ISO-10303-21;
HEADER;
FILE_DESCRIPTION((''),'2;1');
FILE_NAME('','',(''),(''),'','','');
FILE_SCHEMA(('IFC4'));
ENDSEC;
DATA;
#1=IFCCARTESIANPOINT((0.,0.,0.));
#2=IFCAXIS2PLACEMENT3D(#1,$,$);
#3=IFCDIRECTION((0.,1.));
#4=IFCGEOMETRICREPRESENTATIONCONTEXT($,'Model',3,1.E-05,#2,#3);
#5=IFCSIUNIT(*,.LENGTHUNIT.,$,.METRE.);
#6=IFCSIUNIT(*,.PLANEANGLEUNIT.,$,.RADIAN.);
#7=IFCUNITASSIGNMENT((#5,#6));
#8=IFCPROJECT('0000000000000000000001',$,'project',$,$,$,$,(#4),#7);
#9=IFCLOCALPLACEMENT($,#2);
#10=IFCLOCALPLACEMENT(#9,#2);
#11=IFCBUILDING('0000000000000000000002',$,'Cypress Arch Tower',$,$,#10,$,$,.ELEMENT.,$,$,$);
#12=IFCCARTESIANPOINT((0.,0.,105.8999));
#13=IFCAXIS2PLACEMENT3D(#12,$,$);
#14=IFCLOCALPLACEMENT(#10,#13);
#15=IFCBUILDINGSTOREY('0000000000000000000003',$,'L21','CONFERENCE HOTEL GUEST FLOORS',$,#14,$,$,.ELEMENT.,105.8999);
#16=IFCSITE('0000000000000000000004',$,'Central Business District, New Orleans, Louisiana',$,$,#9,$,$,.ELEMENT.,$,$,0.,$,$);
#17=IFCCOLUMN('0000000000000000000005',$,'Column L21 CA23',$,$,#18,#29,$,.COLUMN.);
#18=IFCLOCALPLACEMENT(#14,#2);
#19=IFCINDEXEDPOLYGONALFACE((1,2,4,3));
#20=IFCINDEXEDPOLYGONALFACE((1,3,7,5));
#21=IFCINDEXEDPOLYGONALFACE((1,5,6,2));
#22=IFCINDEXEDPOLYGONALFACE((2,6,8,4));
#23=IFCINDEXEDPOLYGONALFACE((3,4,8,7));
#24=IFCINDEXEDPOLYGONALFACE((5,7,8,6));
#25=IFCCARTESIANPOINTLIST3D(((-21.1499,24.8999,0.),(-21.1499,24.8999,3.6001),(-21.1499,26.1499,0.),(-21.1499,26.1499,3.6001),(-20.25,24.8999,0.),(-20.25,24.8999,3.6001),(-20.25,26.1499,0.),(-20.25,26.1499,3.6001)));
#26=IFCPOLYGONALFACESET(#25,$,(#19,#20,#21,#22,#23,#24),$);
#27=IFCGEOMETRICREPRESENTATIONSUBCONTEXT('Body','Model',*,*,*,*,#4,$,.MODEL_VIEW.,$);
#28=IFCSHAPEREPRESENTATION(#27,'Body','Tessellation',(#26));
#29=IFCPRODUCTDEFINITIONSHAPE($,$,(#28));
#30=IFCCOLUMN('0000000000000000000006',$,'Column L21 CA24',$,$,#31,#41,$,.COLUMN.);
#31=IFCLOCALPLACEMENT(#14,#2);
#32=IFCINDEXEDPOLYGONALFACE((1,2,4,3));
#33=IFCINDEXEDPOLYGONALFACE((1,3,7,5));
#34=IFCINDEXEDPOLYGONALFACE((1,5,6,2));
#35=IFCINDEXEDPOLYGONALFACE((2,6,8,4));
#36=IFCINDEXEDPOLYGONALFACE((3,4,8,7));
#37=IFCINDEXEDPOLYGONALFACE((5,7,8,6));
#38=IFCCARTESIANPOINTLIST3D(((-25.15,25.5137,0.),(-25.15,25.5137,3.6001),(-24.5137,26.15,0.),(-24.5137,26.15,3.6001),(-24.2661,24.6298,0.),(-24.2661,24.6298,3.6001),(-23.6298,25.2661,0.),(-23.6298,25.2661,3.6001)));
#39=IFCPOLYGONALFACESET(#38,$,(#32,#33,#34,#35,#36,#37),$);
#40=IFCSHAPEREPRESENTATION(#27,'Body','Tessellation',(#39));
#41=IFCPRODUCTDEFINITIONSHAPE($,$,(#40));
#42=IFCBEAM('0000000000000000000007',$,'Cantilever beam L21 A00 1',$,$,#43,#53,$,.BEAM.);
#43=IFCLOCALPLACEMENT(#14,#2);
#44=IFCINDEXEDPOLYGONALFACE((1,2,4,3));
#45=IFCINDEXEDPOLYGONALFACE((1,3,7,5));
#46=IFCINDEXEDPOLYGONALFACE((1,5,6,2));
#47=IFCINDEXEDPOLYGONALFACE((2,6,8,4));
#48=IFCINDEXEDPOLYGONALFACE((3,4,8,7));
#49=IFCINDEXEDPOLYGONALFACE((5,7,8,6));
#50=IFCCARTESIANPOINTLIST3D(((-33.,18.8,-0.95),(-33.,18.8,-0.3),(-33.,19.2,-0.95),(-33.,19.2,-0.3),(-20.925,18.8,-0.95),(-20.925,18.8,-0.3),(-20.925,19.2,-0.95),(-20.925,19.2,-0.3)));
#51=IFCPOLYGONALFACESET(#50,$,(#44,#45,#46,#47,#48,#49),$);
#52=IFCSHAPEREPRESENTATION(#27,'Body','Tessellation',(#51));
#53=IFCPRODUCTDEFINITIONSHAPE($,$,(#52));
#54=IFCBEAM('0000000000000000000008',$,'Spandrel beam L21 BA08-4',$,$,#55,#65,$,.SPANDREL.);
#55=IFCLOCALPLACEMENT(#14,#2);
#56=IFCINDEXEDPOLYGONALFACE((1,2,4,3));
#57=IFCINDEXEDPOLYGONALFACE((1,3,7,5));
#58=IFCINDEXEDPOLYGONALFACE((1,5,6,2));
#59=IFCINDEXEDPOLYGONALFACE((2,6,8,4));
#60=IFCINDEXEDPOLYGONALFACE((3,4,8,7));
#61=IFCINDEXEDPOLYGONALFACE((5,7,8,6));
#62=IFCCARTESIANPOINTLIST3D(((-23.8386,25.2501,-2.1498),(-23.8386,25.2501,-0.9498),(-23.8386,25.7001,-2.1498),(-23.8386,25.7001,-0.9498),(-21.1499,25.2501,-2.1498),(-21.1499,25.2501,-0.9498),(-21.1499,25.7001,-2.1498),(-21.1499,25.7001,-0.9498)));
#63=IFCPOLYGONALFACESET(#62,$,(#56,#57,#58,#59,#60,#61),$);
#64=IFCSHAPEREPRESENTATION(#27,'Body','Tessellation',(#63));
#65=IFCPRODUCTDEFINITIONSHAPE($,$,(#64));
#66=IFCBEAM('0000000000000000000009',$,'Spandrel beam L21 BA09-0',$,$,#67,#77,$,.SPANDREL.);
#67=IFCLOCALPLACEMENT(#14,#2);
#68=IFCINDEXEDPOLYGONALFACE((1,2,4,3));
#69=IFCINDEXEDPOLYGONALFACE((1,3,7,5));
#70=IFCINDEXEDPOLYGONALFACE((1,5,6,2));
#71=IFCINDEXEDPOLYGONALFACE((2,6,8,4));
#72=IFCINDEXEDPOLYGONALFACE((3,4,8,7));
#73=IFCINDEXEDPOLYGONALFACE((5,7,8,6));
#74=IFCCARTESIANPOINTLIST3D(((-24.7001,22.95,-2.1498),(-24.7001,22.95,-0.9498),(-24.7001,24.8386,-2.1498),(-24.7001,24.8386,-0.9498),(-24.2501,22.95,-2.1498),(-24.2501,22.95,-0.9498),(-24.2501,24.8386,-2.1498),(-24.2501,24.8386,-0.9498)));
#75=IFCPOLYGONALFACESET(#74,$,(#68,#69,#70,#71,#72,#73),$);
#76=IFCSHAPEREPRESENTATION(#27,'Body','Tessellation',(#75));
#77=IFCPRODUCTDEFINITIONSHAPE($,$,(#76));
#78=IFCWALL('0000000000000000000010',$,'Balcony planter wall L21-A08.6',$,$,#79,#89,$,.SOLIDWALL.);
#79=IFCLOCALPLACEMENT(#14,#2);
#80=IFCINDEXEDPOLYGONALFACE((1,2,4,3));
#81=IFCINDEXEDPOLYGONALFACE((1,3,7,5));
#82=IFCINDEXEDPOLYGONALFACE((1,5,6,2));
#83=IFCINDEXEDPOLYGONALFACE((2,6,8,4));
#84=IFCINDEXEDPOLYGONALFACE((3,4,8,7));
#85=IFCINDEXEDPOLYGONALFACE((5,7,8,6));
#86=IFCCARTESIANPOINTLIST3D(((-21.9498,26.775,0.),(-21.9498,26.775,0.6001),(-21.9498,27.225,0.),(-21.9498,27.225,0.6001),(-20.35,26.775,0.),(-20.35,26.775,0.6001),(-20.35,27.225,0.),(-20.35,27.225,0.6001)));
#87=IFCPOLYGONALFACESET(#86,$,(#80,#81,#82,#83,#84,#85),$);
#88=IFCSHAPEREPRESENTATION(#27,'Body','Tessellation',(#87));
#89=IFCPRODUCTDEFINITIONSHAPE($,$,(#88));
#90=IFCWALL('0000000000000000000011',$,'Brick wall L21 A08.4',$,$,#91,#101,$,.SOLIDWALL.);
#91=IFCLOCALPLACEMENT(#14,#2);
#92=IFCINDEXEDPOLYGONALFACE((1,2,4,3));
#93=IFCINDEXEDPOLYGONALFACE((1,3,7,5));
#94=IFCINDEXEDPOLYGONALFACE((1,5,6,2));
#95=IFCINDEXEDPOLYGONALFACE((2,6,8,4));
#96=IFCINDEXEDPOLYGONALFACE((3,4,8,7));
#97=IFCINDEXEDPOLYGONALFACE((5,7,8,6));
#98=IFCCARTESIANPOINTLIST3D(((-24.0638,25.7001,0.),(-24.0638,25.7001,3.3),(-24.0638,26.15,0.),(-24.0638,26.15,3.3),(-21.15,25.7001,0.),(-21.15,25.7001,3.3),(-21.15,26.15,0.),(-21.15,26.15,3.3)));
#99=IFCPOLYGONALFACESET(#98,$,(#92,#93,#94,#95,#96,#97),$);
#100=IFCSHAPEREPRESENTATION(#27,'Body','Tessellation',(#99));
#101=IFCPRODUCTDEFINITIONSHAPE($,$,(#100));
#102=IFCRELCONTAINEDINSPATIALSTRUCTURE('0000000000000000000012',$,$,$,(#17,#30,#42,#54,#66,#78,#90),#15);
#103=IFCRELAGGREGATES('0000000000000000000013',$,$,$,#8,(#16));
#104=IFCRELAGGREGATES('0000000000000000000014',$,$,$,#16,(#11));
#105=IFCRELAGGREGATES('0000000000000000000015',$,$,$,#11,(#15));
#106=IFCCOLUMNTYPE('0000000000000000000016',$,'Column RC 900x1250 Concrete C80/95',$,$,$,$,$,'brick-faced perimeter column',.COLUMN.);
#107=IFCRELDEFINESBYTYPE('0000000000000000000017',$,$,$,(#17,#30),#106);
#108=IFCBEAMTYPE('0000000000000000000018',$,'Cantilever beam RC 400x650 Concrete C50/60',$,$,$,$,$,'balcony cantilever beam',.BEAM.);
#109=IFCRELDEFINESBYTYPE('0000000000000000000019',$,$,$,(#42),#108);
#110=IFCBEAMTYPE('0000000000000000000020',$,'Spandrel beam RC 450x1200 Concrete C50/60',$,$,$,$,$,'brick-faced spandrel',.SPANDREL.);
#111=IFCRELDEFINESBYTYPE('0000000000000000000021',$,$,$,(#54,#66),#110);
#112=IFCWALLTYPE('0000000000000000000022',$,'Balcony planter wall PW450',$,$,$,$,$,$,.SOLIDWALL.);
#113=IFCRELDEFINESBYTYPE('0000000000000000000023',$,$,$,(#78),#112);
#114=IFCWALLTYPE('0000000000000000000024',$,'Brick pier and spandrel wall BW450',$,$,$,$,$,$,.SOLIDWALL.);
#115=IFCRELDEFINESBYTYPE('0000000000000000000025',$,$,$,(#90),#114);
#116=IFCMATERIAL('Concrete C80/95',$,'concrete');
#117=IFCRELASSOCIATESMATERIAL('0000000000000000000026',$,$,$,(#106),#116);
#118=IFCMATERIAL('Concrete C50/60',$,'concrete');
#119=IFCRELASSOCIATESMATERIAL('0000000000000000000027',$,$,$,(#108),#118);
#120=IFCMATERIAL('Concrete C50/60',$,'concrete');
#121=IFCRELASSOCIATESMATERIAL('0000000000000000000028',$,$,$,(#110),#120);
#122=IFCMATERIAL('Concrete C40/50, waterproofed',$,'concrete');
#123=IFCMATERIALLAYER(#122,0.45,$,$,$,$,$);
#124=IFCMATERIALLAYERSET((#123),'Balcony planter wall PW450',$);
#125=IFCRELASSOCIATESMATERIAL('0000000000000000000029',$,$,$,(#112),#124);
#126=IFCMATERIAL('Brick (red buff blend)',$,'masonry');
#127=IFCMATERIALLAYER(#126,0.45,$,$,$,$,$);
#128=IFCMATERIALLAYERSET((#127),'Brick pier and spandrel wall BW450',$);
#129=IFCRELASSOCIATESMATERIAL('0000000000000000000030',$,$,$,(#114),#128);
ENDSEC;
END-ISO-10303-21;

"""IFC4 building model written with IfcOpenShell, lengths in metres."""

from ifc_helpers import new_model, si_unit, direction, frame, frame_2d, origin, origin_2d, place, context, subcontext, project, spatial, rectangle, extrude, material, layer, layer_set, material_profile, profile_set, type_object, element, save


model = new_model("IFC4")

# Units and contexts
model_context = context("Model", 3, precision=1e-05, world=origin(), true_north=direction((0.0, 1.0)))
body_context = subcontext(model_context, "Body", "Model", "MODEL_VIEW")
ifc_project = project(units=[si_unit("LENGTHUNIT", "METRE"), si_unit("PLANEANGLEUNIT", "RADIAN")], contexts=[model_context])

# Site, building, storey
site_placement = place(None, origin())
site = spatial("IfcSite", under=ifc_project, at=site_placement, Name="Central Business District, New Orleans, Louisiana", CompositionType="ELEMENT", RefElevation=0.0)
building_placement = place(site_placement, origin())
building = spatial("IfcBuilding", under=site, at=building_placement, Name="Cypress Arch Tower", CompositionType="ELEMENT")
storey_placement = place(building_placement, frame((0.0, 0.0, 105.8999)))
storey = spatial("IfcBuildingStorey", under=building, at=storey_placement, Name="L21", Description="CONFERENCE HOTEL GUEST FLOORS", CompositionType="ELEMENT", Elevation=105.8999)

# Columns
ifc_material_1 = material(Name="Concrete C80/95", Category="concrete")
ifc_material_profile_1 = material_profile(ifc_material_1, rectangle(XDim=0.8999, YDim=1.25, at=origin_2d()), Name="RC 900x1250")
ifc_profile_set_1 = profile_set([ifc_material_profile_1], Name="Concrete C80/95")
column_type = type_object("IfcColumnType", Name="Column RC 900x1250 Concrete C80/95", ElementType="brick-faced perimeter column", PredefinedType="COLUMN", material=ifc_profile_set_1)
for number, where, z_axis, x_axis, name in (
    (1, (-20.7, 25.5249, 0.0), (0.0, 0.0, 1.0), (-1.0, 0.0, 0.0), "Column L21 CA23"),
    (2, (-24.3899, 25.3899, 0.0), (0.0, 0.0, 1.0), (-0.707107, -0.707107, 0.0), "Column L21 CA24"),
):
    element("IfcColumn", number, at=place(storey_placement, frame(where, z_axis=z_axis, x_axis=x_axis)), inside=storey, type_object=column_type, Name=name, PredefinedType="COLUMN", context=body_context, shape_type="SweptSolid", body=[
        extrude(rectangle(XDim=0.8999, YDim=1.25, at=origin_2d()), origin(), (0.0, 0.0, 1.0), 3.6001),
    ])

# Beams
ifc_material_2 = material(Name="Concrete C50/60", Category="concrete")
ifc_material_profile_2 = material_profile(ifc_material_2, rectangle(XDim=0.3999, YDim=0.6499, at=origin_2d()), Name="RC 400x650")
ifc_profile_set_2 = profile_set([ifc_material_profile_2], Name="Concrete C50/60")
beam_type_1 = type_object("IfcBeamType", Name="Cantilever beam RC 400x650 Concrete C50/60", ElementType="balcony cantilever beam", PredefinedType="BEAM", material=ifc_profile_set_2)
beam_1_placement = place(storey_placement, frame((-20.925, 19.0, -0.625), z_axis=(-1.0, 0.0, 0.0), x_axis=(0.0, -1.0, 0.0)))
element("IfcBeam", 3, at=beam_1_placement, inside=storey, type_object=beam_type_1, Name="Cantilever beam L21 A00 1", PredefinedType="BEAM", context=body_context, shape_type="SweptSolid", body=[
    extrude(rectangle(XDim=0.3999, YDim=0.6499, at=origin_2d()), origin(), (0.0, 0.0, 1.0), 12.075),
])
ifc_material_3 = material(Name="Concrete C50/60", Category="concrete")
ifc_material_profile_3 = material_profile(ifc_material_3, rectangle(XDim=0.45, YDim=1.2, at=origin_2d()), Name="RC 450x1200")
ifc_profile_set_3 = profile_set([ifc_material_profile_3], Name="Concrete C50/60")
beam_type_2 = type_object("IfcBeamType", Name="Spandrel beam RC 450x1200 Concrete C50/60", ElementType="brick-faced spandrel", PredefinedType="SPANDREL", material=ifc_profile_set_3)
beam_2_placement = place(storey_placement, frame((-21.1499, 25.4751, -1.5498), z_axis=(-1.0, 0.0, 0.0), x_axis=(0.0, -1.0, 0.0)))
element("IfcBeam", 4, at=beam_2_placement, inside=storey, type_object=beam_type_2, Name="Spandrel beam L21 BA08-4", PredefinedType="SPANDREL", context=body_context, shape_type="SweptSolid", body=[
    extrude(rectangle(XDim=0.45, YDim=1.2, at=origin_2d()), origin(), (0.0, 0.0, 1.0), 2.6887),
])
beam_3_placement = place(storey_placement, frame((-24.4751, 24.8386, -1.5498), z_axis=(0.0, -1.0, 0.0), x_axis=(1.0, 0.0, 0.0)))
element("IfcBeam", 5, at=beam_3_placement, inside=storey, type_object=beam_type_2, Name="Spandrel beam L21 BA09-0", PredefinedType="SPANDREL", context=body_context, shape_type="SweptSolid", body=[
    extrude(rectangle(XDim=0.45, YDim=1.2, at=origin_2d()), origin(), (0.0, 0.0, 1.0), 1.8887),
])

# Walls
ifc_material_4 = material(Name="Concrete C40/50, waterproofed", Category="concrete")
ifc_layer_1 = layer(ifc_material_4, 0.45)
ifc_layer_set_1 = layer_set([ifc_layer_1], Name="Balcony planter wall PW450")
wall_type_1 = type_object("IfcWallType", Name="Balcony planter wall PW450", PredefinedType="SOLIDWALL", material=ifc_layer_set_1)
wall_1_placement = place(storey_placement, frame((-20.3501, 27.0, 0.0), z_axis=(0.0, 0.0, 1.0), x_axis=(-1.0, 0.0, 0.0)))
element("IfcWall", 6, at=wall_1_placement, inside=storey, type_object=wall_type_1, Name="Balcony planter wall L21-A08.6", PredefinedType="SOLIDWALL", context=body_context, shape_type="SweptSolid", body=[
    extrude(rectangle(XDim=1.5999, YDim=0.45, at=frame_2d((0.7998, 0.0))), origin(), (0.0, 0.0, 1.0), 0.6001),
])
ifc_material_5 = material(Name="Brick (red buff blend)", Category="masonry")
ifc_layer_2 = layer(ifc_material_5, 0.45)
ifc_layer_set_2 = layer_set([ifc_layer_2], Name="Brick pier and spandrel wall BW450")
wall_type_2 = type_object("IfcWallType", Name="Brick pier and spandrel wall BW450", PredefinedType="SOLIDWALL", material=ifc_layer_set_2)
wall_2_placement = place(storey_placement, frame((-21.1499, 25.925, 0.0), z_axis=(0.0, 0.0, 1.0), x_axis=(-1.0, 0.0, 0.0)))
element("IfcWall", 7, at=wall_2_placement, inside=storey, type_object=wall_type_2, Name="Brick wall L21 A08.4", PredefinedType="SOLIDWALL", context=body_context, shape_type="SweptSolid", body=[
    extrude(rectangle(XDim=2.9138, YDim=0.45, at=frame_2d((1.457, 0.0))), origin(), (0.0, 0.0, 1.0), 3.3),
])

save(model, "model.ifc")
